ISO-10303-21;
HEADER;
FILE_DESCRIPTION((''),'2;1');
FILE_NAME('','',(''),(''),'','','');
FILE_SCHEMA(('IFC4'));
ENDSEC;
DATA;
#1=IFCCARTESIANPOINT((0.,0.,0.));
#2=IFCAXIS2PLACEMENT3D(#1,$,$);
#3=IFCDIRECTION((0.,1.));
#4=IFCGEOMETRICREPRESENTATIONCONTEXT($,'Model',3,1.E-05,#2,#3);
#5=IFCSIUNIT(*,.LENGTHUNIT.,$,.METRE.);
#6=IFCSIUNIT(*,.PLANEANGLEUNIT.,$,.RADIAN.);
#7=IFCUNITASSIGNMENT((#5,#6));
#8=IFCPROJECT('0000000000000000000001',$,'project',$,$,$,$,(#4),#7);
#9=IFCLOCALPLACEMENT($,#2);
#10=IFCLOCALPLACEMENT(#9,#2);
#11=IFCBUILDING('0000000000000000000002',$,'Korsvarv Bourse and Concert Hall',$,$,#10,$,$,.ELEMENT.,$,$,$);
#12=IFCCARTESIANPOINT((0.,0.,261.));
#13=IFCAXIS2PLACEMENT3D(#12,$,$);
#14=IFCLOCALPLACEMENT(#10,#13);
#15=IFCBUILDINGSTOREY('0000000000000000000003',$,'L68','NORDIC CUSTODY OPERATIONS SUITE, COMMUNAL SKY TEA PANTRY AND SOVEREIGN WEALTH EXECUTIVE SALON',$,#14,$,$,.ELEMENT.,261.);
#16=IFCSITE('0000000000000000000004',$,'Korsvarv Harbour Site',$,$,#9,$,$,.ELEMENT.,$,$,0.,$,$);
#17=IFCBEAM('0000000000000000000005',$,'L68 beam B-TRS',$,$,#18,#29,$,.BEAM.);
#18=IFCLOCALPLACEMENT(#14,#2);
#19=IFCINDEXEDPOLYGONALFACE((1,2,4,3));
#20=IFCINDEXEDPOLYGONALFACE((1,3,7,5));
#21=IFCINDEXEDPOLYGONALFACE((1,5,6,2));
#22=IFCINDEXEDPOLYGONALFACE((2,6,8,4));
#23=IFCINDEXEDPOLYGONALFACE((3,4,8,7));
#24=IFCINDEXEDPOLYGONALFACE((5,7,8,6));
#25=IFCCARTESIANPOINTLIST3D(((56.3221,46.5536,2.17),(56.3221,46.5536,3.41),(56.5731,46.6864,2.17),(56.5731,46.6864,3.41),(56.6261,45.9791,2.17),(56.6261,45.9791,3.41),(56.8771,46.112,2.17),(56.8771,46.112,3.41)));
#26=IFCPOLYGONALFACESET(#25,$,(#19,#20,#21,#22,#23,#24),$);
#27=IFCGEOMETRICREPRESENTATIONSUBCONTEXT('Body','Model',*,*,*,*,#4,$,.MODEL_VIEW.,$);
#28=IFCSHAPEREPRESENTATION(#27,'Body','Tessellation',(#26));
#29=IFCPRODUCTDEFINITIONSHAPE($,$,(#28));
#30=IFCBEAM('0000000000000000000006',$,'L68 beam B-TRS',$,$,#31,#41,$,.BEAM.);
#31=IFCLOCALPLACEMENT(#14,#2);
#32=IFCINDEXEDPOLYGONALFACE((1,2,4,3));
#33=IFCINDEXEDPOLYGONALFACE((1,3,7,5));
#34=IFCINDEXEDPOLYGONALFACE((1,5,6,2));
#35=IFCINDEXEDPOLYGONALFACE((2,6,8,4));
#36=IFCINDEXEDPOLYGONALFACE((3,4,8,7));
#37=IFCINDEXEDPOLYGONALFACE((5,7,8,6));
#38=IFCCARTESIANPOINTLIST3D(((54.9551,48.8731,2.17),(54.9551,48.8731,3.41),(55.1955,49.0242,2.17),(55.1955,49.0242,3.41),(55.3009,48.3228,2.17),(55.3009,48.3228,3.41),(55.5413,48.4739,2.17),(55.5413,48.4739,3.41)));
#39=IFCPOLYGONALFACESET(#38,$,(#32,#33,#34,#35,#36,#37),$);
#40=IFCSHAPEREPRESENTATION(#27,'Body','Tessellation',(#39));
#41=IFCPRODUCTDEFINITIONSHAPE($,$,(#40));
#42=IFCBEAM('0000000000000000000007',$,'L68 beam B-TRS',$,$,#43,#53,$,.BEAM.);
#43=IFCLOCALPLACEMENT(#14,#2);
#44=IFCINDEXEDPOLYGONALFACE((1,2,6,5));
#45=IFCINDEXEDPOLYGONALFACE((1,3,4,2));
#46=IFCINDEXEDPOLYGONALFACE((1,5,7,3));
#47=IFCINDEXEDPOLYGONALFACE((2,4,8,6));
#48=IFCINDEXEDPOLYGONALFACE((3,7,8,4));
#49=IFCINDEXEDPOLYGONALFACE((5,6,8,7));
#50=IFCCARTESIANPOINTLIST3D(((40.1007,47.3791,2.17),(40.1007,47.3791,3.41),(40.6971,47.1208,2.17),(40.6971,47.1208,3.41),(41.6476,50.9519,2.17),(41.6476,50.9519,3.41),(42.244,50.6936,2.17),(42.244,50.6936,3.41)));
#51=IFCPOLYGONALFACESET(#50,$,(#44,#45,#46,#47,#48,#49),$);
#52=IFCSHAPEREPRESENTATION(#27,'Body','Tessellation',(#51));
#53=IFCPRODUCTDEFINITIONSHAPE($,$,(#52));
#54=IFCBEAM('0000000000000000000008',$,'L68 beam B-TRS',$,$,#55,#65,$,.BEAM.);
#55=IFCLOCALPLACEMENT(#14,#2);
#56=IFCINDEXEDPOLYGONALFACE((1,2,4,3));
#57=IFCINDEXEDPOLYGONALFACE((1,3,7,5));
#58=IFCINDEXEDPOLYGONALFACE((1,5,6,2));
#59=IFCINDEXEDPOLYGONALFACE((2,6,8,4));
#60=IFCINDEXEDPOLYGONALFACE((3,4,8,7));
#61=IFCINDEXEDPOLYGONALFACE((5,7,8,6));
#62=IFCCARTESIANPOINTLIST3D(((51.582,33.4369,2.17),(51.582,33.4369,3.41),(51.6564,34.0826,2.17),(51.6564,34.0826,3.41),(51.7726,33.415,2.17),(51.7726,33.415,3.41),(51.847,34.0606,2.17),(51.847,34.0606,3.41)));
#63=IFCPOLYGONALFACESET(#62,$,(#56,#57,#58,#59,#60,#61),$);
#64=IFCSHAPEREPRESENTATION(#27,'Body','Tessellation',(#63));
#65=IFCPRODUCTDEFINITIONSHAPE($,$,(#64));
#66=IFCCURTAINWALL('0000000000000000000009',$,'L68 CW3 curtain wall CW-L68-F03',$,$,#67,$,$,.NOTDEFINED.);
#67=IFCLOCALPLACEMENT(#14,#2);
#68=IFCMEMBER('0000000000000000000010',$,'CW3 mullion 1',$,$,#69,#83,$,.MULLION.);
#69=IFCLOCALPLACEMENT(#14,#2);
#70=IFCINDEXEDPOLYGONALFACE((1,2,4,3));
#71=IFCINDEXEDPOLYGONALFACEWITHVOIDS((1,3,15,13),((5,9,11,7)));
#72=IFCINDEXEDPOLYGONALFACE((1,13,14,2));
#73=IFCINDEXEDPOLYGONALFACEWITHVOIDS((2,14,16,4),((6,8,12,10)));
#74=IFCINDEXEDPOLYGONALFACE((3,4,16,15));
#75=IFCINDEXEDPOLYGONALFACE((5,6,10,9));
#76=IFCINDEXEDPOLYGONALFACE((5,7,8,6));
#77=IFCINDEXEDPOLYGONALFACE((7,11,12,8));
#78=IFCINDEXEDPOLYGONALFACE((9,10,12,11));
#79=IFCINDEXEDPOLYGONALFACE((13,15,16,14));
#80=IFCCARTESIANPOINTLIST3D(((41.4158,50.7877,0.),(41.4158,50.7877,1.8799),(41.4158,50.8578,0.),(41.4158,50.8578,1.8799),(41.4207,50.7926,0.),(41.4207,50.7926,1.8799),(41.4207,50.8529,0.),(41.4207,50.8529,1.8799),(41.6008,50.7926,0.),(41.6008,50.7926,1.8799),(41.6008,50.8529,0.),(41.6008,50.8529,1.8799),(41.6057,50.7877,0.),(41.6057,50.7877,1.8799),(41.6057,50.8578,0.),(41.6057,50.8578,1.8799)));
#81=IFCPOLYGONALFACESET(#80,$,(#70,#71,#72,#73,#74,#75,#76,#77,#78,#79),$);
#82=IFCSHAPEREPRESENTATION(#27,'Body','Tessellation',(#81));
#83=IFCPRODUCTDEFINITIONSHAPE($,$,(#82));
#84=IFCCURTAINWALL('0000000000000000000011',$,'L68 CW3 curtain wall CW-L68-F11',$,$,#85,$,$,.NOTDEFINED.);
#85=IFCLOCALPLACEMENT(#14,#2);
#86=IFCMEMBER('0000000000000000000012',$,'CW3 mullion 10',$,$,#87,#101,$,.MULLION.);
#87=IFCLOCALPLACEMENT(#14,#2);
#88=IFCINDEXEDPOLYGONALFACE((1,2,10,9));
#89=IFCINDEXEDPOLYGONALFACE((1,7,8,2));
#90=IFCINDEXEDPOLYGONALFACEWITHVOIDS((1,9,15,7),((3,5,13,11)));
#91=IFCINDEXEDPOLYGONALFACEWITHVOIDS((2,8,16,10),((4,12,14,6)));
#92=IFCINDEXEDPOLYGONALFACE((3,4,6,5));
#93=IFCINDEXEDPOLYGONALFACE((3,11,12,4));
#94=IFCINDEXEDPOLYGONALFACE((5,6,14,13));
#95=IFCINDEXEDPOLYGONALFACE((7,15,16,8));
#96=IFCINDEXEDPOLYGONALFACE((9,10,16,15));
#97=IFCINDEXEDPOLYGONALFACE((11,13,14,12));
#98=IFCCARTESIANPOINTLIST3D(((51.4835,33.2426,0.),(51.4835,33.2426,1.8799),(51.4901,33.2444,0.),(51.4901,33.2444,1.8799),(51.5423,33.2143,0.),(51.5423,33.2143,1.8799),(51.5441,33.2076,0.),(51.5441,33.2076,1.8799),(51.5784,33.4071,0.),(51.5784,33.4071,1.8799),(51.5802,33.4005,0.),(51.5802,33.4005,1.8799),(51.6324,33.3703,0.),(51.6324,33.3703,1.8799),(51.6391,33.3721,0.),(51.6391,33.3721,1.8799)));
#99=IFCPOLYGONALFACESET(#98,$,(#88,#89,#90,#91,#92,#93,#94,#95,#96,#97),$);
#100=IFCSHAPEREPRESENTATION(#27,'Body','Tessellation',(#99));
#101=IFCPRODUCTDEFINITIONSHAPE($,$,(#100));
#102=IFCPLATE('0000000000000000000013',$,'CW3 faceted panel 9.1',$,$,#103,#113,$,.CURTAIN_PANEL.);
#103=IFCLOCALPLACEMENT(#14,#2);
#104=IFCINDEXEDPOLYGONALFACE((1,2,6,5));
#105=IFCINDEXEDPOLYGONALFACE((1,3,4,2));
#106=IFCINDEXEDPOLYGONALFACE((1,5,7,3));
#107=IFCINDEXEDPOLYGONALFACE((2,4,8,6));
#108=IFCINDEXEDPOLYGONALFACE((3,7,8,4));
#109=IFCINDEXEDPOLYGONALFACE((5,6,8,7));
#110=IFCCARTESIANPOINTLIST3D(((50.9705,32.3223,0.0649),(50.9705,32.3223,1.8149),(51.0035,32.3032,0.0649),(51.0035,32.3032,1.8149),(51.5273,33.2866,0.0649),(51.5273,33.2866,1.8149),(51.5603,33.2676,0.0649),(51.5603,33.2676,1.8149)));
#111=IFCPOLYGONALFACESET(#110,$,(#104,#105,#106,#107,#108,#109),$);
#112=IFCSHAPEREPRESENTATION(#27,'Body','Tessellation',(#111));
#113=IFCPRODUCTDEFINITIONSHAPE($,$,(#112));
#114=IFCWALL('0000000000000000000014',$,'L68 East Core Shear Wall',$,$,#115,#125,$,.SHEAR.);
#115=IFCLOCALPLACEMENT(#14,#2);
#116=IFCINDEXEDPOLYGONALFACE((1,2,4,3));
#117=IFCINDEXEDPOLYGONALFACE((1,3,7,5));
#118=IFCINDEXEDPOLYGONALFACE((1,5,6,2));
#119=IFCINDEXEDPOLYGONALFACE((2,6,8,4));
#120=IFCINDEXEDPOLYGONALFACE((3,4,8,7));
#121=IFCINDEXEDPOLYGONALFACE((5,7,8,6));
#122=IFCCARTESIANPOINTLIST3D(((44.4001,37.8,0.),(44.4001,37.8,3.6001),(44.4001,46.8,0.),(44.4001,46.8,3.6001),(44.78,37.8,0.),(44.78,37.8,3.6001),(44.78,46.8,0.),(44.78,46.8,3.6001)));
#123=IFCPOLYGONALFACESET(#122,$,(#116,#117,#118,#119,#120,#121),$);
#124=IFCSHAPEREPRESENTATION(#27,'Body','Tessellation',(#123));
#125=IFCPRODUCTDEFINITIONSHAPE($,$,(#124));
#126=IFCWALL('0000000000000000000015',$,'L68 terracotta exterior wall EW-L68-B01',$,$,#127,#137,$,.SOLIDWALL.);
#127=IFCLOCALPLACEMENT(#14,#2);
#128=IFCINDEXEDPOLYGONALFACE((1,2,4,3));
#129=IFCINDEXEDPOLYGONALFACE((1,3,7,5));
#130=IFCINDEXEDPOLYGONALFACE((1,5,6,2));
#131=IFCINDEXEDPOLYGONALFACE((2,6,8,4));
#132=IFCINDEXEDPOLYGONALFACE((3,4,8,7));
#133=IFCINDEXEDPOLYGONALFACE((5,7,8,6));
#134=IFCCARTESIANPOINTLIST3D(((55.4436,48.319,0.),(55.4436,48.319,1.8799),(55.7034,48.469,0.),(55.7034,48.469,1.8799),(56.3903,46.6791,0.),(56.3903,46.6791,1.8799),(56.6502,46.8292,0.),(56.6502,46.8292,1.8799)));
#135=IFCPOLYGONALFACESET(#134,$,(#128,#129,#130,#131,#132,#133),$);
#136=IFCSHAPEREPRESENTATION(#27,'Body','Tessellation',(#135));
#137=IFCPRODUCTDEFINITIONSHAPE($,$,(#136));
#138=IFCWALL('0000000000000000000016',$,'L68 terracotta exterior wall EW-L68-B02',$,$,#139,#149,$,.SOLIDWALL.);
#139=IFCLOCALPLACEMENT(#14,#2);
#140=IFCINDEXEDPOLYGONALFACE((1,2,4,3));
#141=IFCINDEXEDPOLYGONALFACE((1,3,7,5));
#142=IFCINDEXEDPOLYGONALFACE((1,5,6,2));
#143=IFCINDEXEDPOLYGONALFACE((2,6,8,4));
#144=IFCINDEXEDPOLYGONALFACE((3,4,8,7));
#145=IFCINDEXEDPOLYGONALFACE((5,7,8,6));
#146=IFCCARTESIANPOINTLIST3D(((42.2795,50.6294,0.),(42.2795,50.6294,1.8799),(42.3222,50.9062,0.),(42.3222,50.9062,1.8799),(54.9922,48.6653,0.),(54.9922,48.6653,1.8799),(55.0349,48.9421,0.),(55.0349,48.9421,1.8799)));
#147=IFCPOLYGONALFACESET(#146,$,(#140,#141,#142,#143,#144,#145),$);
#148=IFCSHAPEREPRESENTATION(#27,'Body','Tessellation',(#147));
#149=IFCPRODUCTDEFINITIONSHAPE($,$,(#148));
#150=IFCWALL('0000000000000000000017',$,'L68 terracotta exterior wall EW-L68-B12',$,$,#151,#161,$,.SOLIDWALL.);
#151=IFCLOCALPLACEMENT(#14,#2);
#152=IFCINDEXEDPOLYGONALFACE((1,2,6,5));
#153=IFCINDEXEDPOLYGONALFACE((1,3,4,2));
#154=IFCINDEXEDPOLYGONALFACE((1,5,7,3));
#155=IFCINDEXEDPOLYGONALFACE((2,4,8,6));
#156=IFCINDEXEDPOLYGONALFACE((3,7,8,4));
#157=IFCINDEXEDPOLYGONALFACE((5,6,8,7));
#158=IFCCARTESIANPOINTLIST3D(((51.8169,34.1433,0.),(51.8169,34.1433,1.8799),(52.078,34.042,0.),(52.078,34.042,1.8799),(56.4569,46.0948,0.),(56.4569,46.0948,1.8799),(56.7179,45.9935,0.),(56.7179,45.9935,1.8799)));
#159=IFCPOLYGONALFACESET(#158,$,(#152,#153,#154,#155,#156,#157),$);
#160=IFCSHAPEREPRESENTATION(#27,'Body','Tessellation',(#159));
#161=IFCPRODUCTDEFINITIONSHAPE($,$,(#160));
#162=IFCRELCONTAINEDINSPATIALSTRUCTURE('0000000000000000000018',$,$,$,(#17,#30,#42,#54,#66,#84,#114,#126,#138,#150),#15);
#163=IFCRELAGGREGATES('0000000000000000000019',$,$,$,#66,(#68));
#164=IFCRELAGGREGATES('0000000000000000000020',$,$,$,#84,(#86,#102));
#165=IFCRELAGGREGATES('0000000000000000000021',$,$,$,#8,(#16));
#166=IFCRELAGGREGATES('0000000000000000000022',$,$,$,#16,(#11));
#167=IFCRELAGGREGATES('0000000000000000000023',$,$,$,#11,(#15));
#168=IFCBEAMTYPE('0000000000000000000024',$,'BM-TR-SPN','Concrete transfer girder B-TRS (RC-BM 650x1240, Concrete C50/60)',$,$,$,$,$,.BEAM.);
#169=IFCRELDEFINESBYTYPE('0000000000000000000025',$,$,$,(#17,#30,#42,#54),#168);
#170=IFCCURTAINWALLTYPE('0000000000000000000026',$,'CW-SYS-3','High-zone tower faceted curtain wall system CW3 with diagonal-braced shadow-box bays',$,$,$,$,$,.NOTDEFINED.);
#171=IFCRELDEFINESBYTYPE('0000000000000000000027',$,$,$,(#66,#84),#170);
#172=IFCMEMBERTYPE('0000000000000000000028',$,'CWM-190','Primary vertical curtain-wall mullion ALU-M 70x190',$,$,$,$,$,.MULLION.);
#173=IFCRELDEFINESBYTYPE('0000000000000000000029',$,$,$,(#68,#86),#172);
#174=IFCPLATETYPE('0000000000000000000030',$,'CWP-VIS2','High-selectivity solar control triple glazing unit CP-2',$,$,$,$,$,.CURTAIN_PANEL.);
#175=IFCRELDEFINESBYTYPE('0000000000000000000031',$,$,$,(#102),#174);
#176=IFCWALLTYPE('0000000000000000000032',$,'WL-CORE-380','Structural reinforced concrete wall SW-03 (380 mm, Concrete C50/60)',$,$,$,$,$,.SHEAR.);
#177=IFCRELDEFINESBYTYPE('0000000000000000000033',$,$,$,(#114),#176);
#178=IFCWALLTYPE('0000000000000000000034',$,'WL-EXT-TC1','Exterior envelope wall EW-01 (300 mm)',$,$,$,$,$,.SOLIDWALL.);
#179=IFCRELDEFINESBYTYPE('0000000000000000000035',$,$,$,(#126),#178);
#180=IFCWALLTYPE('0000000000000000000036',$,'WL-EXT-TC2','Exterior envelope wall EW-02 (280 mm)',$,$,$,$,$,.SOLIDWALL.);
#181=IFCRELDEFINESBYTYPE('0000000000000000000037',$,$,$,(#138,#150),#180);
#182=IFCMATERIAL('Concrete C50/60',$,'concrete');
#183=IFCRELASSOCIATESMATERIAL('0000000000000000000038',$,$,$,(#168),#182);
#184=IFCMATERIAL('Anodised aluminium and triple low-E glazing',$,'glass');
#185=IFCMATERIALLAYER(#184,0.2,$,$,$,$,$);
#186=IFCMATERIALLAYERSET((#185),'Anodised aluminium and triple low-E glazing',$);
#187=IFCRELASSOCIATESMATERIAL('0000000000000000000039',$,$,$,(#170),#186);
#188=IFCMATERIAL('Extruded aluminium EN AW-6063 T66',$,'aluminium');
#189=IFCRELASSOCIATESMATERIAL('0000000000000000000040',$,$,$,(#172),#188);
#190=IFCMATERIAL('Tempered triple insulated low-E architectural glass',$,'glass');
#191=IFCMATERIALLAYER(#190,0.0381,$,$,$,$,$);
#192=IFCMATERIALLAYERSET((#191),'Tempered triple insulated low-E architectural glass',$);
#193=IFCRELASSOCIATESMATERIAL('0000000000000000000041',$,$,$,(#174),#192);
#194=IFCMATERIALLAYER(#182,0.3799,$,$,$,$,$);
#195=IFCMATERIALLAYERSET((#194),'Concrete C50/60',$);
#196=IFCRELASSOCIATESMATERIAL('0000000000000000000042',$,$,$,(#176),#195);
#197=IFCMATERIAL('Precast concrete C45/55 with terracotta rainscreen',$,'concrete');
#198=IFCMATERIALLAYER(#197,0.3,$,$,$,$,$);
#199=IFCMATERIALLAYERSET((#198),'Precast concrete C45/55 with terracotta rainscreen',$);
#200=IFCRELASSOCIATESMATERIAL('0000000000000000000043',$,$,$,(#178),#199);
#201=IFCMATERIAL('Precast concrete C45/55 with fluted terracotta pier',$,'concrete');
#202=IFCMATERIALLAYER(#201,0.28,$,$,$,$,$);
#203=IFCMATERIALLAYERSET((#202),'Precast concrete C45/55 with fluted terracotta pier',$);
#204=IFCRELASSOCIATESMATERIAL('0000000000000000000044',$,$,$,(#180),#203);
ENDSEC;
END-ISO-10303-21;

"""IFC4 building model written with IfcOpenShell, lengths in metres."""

from ifc_helpers import new_model, si_unit, direction, frame, frame_2d, origin, origin_2d, place, context, subcontext, project, spatial, rectangle, hollow_rectangle, extrude, source, transform, mapped, material, layer, layer_set, material_profile, profile_set, type_object, element, aggregate, save


model = new_model("IFC4")

# Units and contexts
model_context = context("Model", 3, precision=1e-05, world=origin(), true_north=direction((0.0, 1.0)))
body_context = subcontext(model_context, "Body", "Model", "MODEL_VIEW")
ifc_project = project(units=[si_unit("LENGTHUNIT", "METRE"), si_unit("PLANEANGLEUNIT", "RADIAN")], contexts=[model_context])

# Site, building, storey
site_placement = place(None, origin())
site = spatial("IfcSite", under=ifc_project, at=site_placement, Name="Korsvarv Harbour Site", CompositionType="ELEMENT", RefElevation=0.0)
building_placement = place(site_placement, origin())
building = spatial("IfcBuilding", under=site, at=building_placement, Name="Korsvarv Bourse and Concert Hall", CompositionType="ELEMENT")
storey_placement = place(building_placement, frame((0.0, 0.0, 261.0)))
storey = spatial("IfcBuildingStorey", under=building, at=storey_placement, Name="L68", Description="NORDIC CUSTODY OPERATIONS SUITE, COMMUNAL SKY TEA PANTRY AND SOVEREIGN WEALTH EXECUTIVE SALON", CompositionType="ELEMENT", Elevation=261.0)

# Shared definitions
ifc_material_1 = material(Name="Concrete C50/60", Category="concrete")

# Beams
ifc_material_profile_1 = material_profile(ifc_material_1, rectangle(XDim=0.6499, YDim=1.24, at=origin_2d()), Name="RC-BM 650x1240")
ifc_profile_set_1 = profile_set([ifc_material_profile_1], Name="Concrete C50/60")
beam_type_1 = type_object("IfcBeamType", Name="BM-TR-SPN", Description="Concrete transfer girder B-TRS (RC-BM 650x1240, Concrete C50/60)", PredefinedType="BEAM", material=ifc_profile_set_1)
shared_shape_1 = source(origin(), body_context, "Body", "SweptSolid", [
    extrude(rectangle(XDim=0.6499, YDim=1.24, at=origin_2d()), origin(), (0.0, 0.0, 1.0), 0.2839),
])
for number, where, z_axis, x_axis, name in (
    (1, (56.7251, 46.3992, 2.79), (-0.883872, -0.46773, 0.0), (0.46773, -0.883872, 0.0), "L68 beam B-TRS"),
    (2, (55.3684, 48.749, 2.79), (-0.846692, -0.532084, 0.0), (0.532084, -0.846692, 0.0), "L68 beam B-TRS"),
):
    element("IfcBeam", number, at=place(storey_placement, frame(where, z_axis=z_axis, x_axis=x_axis)), inside=storey, type_object=beam_type_1, Name=name, PredefinedType="BEAM", context=body_context, shape_type="MappedRepresentation", body=[
        mapped(shared_shape_1, transform((0.0, 0.0, 0.0), scale=1.0)),
    ])
shared_shape_2 = source(origin(), body_context, "Body", "SweptSolid", [
    extrude(rectangle(XDim=0.6499, YDim=1.24, at=origin_2d()), origin(), (0.0, 0.0, 1.0), 3.8933),
])
beam_1_placement = place(storey_placement, frame((41.9458, 50.8228, 2.79), z_axis=(-0.397322, -0.917679, 0.0), x_axis=(0.917679, -0.397322, 0.0)))
element("IfcBeam", 3, at=beam_1_placement, inside=storey, type_object=beam_type_1, Name="L68 beam B-TRS", PredefinedType="BEAM", context=body_context, shape_type="MappedRepresentation", body=[
    mapped(shared_shape_2, transform((0.0, 0.0, 0.0), scale=1.0)),
])
shared_shape_3 = source(origin(), body_context, "Body", "SweptSolid", [
    extrude(rectangle(XDim=0.6499, YDim=1.24, at=origin_2d()), origin(), (0.0, 0.0, 1.0), 0.1919),
])
beam_2_placement = place(storey_placement, frame((51.8098, 33.7378, 2.79), z_axis=(-0.993426, 0.114479, 0.0), x_axis=(-0.114479, -0.993426, 0.0)))
element("IfcBeam", 4, at=beam_2_placement, inside=storey, type_object=beam_type_1, Name="L68 beam B-TRS", PredefinedType="BEAM", context=body_context, shape_type="MappedRepresentation", body=[
    mapped(shared_shape_3, transform((0.0, 0.0, 0.0), scale=1.0)),
])

# Curtain wall, member
ifc_material_2 = material(Name="Anodised aluminium and triple low-E glazing", Category="glass")
ifc_layer_1 = layer(ifc_material_2, 0.2)
ifc_layer_set_1 = layer_set([ifc_layer_1], Name="Anodised aluminium and triple low-E glazing")
curtain_wall_type = type_object("IfcCurtainWallType", Name="CW-SYS-3", Description="High-zone tower faceted curtain wall system CW3 with diagonal-braced shadow-box bays", PredefinedType="NOTDEFINED", material=ifc_layer_set_1)
curtain_wall_1_placement = place(storey_placement, origin())
curtain_wall_1 = element("IfcCurtainWall", 5, at=curtain_wall_1_placement, inside=storey, type_object=curtain_wall_type, Name="L68 CW3 curtain wall CW-L68-F03", PredefinedType="NOTDEFINED")
ifc_material_3 = material(Name="Extruded aluminium EN AW-6063 T66", Category="aluminium")
ifc_material_profile_2 = material_profile(ifc_material_3, hollow_rectangle(XDim=0.0701, YDim=0.1899, WallThickness=0.0049, at=origin_2d()), Name="ALU-M 70x190")
ifc_profile_set_2 = profile_set([ifc_material_profile_2], Name="Extruded aluminium EN AW-6063 T66")
member_type = type_object("IfcMemberType", Name="CWM-190", Description="Primary vertical curtain-wall mullion ALU-M 70x190", PredefinedType="MULLION", material=ifc_profile_set_2)
shared_shape_4 = source(origin(), body_context, "Body", "SweptSolid", [
    extrude(hollow_rectangle(XDim=0.0701, YDim=0.1899, WallThickness=0.0049, at=origin_2d()), origin(), (0.0, 0.0, 1.0), 1.8799),
])
member_1_placement = place(storey_placement, frame((41.5107, 50.8228, 0.0), z_axis=(0.0, 0.0, 1.0), x_axis=(0.0, -1.0, 0.0)))
member_1 = element("IfcMember", 6, at=member_1_placement, type_object=member_type, Name="CW3 mullion 1", PredefinedType="MULLION", context=body_context, shape_type="MappedRepresentation", body=[
    mapped(shared_shape_4, transform((0.0, 0.0, 0.0), scale=1.0)),
])
aggregate(curtain_wall_1, [member_1])

# Curtain wall, member, plate
curtain_wall_2_placement = place(storey_placement, origin())
curtain_wall_2 = element("IfcCurtainWall", 7, at=curtain_wall_2_placement, inside=storey, type_object=curtain_wall_type, Name="L68 CW3 curtain wall CW-L68-F11", PredefinedType="NOTDEFINED")
member_2_placement = place(storey_placement, frame((51.5613, 33.3074, 0.0), z_axis=(0.0, 0.0, 1.0), x_axis=(-0.866023, 0.500004, 0.0)))
member_2 = element("IfcMember", 8, at=member_2_placement, type_object=member_type, Name="CW3 mullion 10", PredefinedType="MULLION", context=body_context, shape_type="MappedRepresentation", body=[
    mapped(shared_shape_4, transform((0.0, 0.0, 0.0), scale=1.0)),
])
ifc_material_4 = material(Name="Tempered triple insulated low-E architectural glass", Category="glass")
ifc_layer_2 = layer(ifc_material_4, 0.0381)
ifc_layer_set_2 = layer_set([ifc_layer_2], Name="Tempered triple insulated low-E architectural glass")
plate_type = type_object("IfcPlateType", Name="CWP-VIS2", Description="High-selectivity solar control triple glazing unit CP-2", PredefinedType="CURTAIN_PANEL", material=ifc_layer_set_2)
shared_shape_5 = source(origin(), body_context, "Body", "SweptSolid", [
    extrude(rectangle(XDim=1.1135, YDim=0.0381, at=origin_2d()), origin(), (0.0, 0.0, 1.0), 1.75),
])
plate_placement = place(storey_placement, frame((51.2654, 32.7949, 0.0649), z_axis=(0.0, 0.0, 1.0), x_axis=(0.500004, 0.866023, 0.0)))
plate = element("IfcPlate", 9, at=plate_placement, type_object=plate_type, Name="CW3 faceted panel 9.1", PredefinedType="CURTAIN_PANEL", context=body_context, shape_type="MappedRepresentation", body=[
    mapped(shared_shape_5, transform((0.0, 0.0, 0.0), scale=1.0)),
])
aggregate(curtain_wall_2, [member_2, plate])

# Walls
ifc_layer_3 = layer(ifc_material_1, 0.3799)
ifc_layer_set_3 = layer_set([ifc_layer_3], Name="Concrete C50/60")
wall_type_1 = type_object("IfcWallType", Name="WL-CORE-380", Description="Structural reinforced concrete wall SW-03 (380 mm, Concrete C50/60)", PredefinedType="SHEAR", material=ifc_layer_set_3)
wall_1_placement = place(storey_placement, frame((44.5901, 37.8, 0.0), z_axis=(0.0, 0.0, 1.0), x_axis=(0.0, 1.0, 0.0)))
element("IfcWall", 10, at=wall_1_placement, inside=storey, type_object=wall_type_1, Name="L68 East Core Shear Wall", PredefinedType="SHEAR", context=body_context, shape_type="SweptSolid", body=[
    extrude(rectangle(XDim=9.0, YDim=0.3799, at=frame_2d((4.5, 0.0))), origin(), (0.0, 0.0, 1.0), 3.6001),
])
ifc_material_5 = material(Name="Precast concrete C45/55 with terracotta rainscreen", Category="concrete")
ifc_layer_4 = layer(ifc_material_5, 0.3)
ifc_layer_set_4 = layer_set([ifc_layer_4], Name="Precast concrete C45/55 with terracotta rainscreen")
wall_type_2 = type_object("IfcWallType", Name="WL-EXT-TC1", Description="Exterior envelope wall EW-01 (300 mm)", PredefinedType="SOLIDWALL", material=ifc_layer_set_4)
wall_2_placement = place(storey_placement, frame((56.5203, 46.7542, 0.0), z_axis=(0.0, 0.0, 1.0), x_axis=(-0.499994, 0.866029, 0.0)))
element("IfcWall", 11, at=wall_2_placement, inside=storey, type_object=wall_type_2, Name="L68 terracotta exterior wall EW-L68-B01", PredefinedType="SOLIDWALL", context=body_context, shape_type="SweptSolid", body=[
    extrude(rectangle(XDim=1.8936, YDim=0.3, at=frame_2d((0.9468, 0.0))), origin(), (0.0, 0.0, 1.0), 1.8799),
])
ifc_material_6 = material(Name="Precast concrete C45/55 with fluted terracotta pier", Category="concrete")
ifc_layer_5 = layer(ifc_material_6, 0.28)
ifc_layer_set_5 = layer_set([ifc_layer_5], Name="Precast concrete C45/55 with fluted terracotta pier")
wall_type_3 = type_object("IfcWallType", Name="WL-EXT-TC2", Description="Exterior envelope wall EW-02 (280 mm)", PredefinedType="SOLIDWALL", material=ifc_layer_set_5)
wall_3_placement = place(storey_placement, frame((55.0134, 48.8037, 0.0), z_axis=(0.0, 0.0, 1.0), x_axis=(-0.988274, 0.152689, 0.0)))
element("IfcWall", 12, at=wall_3_placement, inside=storey, type_object=wall_type_3, Name="L68 terracotta exterior wall EW-L68-B02", PredefinedType="SOLIDWALL", context=body_context, shape_type="SweptSolid", body=[
    extrude(rectangle(XDim=12.8635, YDim=0.28, at=frame_2d((6.4316, 0.0))), origin(), (0.0, 0.0, 1.0), 1.8799),
])
wall_4_placement = place(storey_placement, frame((51.9475, 34.0928, 0.0), z_axis=(0.0, 0.0, 1.0), x_axis=(0.361912, 0.932212, 0.0)))
element("IfcWall", 13, at=wall_4_placement, inside=storey, type_object=wall_type_3, Name="L68 terracotta exterior wall EW-L68-B12", PredefinedType="SOLIDWALL", context=body_context, shape_type="SweptSolid", body=[
    extrude(rectangle(XDim=12.8206, YDim=0.28, at=frame_2d((6.4102, 0.0))), origin(), (0.0, 0.0, 1.0), 1.8799),
])

save(model, "model.ifc")
